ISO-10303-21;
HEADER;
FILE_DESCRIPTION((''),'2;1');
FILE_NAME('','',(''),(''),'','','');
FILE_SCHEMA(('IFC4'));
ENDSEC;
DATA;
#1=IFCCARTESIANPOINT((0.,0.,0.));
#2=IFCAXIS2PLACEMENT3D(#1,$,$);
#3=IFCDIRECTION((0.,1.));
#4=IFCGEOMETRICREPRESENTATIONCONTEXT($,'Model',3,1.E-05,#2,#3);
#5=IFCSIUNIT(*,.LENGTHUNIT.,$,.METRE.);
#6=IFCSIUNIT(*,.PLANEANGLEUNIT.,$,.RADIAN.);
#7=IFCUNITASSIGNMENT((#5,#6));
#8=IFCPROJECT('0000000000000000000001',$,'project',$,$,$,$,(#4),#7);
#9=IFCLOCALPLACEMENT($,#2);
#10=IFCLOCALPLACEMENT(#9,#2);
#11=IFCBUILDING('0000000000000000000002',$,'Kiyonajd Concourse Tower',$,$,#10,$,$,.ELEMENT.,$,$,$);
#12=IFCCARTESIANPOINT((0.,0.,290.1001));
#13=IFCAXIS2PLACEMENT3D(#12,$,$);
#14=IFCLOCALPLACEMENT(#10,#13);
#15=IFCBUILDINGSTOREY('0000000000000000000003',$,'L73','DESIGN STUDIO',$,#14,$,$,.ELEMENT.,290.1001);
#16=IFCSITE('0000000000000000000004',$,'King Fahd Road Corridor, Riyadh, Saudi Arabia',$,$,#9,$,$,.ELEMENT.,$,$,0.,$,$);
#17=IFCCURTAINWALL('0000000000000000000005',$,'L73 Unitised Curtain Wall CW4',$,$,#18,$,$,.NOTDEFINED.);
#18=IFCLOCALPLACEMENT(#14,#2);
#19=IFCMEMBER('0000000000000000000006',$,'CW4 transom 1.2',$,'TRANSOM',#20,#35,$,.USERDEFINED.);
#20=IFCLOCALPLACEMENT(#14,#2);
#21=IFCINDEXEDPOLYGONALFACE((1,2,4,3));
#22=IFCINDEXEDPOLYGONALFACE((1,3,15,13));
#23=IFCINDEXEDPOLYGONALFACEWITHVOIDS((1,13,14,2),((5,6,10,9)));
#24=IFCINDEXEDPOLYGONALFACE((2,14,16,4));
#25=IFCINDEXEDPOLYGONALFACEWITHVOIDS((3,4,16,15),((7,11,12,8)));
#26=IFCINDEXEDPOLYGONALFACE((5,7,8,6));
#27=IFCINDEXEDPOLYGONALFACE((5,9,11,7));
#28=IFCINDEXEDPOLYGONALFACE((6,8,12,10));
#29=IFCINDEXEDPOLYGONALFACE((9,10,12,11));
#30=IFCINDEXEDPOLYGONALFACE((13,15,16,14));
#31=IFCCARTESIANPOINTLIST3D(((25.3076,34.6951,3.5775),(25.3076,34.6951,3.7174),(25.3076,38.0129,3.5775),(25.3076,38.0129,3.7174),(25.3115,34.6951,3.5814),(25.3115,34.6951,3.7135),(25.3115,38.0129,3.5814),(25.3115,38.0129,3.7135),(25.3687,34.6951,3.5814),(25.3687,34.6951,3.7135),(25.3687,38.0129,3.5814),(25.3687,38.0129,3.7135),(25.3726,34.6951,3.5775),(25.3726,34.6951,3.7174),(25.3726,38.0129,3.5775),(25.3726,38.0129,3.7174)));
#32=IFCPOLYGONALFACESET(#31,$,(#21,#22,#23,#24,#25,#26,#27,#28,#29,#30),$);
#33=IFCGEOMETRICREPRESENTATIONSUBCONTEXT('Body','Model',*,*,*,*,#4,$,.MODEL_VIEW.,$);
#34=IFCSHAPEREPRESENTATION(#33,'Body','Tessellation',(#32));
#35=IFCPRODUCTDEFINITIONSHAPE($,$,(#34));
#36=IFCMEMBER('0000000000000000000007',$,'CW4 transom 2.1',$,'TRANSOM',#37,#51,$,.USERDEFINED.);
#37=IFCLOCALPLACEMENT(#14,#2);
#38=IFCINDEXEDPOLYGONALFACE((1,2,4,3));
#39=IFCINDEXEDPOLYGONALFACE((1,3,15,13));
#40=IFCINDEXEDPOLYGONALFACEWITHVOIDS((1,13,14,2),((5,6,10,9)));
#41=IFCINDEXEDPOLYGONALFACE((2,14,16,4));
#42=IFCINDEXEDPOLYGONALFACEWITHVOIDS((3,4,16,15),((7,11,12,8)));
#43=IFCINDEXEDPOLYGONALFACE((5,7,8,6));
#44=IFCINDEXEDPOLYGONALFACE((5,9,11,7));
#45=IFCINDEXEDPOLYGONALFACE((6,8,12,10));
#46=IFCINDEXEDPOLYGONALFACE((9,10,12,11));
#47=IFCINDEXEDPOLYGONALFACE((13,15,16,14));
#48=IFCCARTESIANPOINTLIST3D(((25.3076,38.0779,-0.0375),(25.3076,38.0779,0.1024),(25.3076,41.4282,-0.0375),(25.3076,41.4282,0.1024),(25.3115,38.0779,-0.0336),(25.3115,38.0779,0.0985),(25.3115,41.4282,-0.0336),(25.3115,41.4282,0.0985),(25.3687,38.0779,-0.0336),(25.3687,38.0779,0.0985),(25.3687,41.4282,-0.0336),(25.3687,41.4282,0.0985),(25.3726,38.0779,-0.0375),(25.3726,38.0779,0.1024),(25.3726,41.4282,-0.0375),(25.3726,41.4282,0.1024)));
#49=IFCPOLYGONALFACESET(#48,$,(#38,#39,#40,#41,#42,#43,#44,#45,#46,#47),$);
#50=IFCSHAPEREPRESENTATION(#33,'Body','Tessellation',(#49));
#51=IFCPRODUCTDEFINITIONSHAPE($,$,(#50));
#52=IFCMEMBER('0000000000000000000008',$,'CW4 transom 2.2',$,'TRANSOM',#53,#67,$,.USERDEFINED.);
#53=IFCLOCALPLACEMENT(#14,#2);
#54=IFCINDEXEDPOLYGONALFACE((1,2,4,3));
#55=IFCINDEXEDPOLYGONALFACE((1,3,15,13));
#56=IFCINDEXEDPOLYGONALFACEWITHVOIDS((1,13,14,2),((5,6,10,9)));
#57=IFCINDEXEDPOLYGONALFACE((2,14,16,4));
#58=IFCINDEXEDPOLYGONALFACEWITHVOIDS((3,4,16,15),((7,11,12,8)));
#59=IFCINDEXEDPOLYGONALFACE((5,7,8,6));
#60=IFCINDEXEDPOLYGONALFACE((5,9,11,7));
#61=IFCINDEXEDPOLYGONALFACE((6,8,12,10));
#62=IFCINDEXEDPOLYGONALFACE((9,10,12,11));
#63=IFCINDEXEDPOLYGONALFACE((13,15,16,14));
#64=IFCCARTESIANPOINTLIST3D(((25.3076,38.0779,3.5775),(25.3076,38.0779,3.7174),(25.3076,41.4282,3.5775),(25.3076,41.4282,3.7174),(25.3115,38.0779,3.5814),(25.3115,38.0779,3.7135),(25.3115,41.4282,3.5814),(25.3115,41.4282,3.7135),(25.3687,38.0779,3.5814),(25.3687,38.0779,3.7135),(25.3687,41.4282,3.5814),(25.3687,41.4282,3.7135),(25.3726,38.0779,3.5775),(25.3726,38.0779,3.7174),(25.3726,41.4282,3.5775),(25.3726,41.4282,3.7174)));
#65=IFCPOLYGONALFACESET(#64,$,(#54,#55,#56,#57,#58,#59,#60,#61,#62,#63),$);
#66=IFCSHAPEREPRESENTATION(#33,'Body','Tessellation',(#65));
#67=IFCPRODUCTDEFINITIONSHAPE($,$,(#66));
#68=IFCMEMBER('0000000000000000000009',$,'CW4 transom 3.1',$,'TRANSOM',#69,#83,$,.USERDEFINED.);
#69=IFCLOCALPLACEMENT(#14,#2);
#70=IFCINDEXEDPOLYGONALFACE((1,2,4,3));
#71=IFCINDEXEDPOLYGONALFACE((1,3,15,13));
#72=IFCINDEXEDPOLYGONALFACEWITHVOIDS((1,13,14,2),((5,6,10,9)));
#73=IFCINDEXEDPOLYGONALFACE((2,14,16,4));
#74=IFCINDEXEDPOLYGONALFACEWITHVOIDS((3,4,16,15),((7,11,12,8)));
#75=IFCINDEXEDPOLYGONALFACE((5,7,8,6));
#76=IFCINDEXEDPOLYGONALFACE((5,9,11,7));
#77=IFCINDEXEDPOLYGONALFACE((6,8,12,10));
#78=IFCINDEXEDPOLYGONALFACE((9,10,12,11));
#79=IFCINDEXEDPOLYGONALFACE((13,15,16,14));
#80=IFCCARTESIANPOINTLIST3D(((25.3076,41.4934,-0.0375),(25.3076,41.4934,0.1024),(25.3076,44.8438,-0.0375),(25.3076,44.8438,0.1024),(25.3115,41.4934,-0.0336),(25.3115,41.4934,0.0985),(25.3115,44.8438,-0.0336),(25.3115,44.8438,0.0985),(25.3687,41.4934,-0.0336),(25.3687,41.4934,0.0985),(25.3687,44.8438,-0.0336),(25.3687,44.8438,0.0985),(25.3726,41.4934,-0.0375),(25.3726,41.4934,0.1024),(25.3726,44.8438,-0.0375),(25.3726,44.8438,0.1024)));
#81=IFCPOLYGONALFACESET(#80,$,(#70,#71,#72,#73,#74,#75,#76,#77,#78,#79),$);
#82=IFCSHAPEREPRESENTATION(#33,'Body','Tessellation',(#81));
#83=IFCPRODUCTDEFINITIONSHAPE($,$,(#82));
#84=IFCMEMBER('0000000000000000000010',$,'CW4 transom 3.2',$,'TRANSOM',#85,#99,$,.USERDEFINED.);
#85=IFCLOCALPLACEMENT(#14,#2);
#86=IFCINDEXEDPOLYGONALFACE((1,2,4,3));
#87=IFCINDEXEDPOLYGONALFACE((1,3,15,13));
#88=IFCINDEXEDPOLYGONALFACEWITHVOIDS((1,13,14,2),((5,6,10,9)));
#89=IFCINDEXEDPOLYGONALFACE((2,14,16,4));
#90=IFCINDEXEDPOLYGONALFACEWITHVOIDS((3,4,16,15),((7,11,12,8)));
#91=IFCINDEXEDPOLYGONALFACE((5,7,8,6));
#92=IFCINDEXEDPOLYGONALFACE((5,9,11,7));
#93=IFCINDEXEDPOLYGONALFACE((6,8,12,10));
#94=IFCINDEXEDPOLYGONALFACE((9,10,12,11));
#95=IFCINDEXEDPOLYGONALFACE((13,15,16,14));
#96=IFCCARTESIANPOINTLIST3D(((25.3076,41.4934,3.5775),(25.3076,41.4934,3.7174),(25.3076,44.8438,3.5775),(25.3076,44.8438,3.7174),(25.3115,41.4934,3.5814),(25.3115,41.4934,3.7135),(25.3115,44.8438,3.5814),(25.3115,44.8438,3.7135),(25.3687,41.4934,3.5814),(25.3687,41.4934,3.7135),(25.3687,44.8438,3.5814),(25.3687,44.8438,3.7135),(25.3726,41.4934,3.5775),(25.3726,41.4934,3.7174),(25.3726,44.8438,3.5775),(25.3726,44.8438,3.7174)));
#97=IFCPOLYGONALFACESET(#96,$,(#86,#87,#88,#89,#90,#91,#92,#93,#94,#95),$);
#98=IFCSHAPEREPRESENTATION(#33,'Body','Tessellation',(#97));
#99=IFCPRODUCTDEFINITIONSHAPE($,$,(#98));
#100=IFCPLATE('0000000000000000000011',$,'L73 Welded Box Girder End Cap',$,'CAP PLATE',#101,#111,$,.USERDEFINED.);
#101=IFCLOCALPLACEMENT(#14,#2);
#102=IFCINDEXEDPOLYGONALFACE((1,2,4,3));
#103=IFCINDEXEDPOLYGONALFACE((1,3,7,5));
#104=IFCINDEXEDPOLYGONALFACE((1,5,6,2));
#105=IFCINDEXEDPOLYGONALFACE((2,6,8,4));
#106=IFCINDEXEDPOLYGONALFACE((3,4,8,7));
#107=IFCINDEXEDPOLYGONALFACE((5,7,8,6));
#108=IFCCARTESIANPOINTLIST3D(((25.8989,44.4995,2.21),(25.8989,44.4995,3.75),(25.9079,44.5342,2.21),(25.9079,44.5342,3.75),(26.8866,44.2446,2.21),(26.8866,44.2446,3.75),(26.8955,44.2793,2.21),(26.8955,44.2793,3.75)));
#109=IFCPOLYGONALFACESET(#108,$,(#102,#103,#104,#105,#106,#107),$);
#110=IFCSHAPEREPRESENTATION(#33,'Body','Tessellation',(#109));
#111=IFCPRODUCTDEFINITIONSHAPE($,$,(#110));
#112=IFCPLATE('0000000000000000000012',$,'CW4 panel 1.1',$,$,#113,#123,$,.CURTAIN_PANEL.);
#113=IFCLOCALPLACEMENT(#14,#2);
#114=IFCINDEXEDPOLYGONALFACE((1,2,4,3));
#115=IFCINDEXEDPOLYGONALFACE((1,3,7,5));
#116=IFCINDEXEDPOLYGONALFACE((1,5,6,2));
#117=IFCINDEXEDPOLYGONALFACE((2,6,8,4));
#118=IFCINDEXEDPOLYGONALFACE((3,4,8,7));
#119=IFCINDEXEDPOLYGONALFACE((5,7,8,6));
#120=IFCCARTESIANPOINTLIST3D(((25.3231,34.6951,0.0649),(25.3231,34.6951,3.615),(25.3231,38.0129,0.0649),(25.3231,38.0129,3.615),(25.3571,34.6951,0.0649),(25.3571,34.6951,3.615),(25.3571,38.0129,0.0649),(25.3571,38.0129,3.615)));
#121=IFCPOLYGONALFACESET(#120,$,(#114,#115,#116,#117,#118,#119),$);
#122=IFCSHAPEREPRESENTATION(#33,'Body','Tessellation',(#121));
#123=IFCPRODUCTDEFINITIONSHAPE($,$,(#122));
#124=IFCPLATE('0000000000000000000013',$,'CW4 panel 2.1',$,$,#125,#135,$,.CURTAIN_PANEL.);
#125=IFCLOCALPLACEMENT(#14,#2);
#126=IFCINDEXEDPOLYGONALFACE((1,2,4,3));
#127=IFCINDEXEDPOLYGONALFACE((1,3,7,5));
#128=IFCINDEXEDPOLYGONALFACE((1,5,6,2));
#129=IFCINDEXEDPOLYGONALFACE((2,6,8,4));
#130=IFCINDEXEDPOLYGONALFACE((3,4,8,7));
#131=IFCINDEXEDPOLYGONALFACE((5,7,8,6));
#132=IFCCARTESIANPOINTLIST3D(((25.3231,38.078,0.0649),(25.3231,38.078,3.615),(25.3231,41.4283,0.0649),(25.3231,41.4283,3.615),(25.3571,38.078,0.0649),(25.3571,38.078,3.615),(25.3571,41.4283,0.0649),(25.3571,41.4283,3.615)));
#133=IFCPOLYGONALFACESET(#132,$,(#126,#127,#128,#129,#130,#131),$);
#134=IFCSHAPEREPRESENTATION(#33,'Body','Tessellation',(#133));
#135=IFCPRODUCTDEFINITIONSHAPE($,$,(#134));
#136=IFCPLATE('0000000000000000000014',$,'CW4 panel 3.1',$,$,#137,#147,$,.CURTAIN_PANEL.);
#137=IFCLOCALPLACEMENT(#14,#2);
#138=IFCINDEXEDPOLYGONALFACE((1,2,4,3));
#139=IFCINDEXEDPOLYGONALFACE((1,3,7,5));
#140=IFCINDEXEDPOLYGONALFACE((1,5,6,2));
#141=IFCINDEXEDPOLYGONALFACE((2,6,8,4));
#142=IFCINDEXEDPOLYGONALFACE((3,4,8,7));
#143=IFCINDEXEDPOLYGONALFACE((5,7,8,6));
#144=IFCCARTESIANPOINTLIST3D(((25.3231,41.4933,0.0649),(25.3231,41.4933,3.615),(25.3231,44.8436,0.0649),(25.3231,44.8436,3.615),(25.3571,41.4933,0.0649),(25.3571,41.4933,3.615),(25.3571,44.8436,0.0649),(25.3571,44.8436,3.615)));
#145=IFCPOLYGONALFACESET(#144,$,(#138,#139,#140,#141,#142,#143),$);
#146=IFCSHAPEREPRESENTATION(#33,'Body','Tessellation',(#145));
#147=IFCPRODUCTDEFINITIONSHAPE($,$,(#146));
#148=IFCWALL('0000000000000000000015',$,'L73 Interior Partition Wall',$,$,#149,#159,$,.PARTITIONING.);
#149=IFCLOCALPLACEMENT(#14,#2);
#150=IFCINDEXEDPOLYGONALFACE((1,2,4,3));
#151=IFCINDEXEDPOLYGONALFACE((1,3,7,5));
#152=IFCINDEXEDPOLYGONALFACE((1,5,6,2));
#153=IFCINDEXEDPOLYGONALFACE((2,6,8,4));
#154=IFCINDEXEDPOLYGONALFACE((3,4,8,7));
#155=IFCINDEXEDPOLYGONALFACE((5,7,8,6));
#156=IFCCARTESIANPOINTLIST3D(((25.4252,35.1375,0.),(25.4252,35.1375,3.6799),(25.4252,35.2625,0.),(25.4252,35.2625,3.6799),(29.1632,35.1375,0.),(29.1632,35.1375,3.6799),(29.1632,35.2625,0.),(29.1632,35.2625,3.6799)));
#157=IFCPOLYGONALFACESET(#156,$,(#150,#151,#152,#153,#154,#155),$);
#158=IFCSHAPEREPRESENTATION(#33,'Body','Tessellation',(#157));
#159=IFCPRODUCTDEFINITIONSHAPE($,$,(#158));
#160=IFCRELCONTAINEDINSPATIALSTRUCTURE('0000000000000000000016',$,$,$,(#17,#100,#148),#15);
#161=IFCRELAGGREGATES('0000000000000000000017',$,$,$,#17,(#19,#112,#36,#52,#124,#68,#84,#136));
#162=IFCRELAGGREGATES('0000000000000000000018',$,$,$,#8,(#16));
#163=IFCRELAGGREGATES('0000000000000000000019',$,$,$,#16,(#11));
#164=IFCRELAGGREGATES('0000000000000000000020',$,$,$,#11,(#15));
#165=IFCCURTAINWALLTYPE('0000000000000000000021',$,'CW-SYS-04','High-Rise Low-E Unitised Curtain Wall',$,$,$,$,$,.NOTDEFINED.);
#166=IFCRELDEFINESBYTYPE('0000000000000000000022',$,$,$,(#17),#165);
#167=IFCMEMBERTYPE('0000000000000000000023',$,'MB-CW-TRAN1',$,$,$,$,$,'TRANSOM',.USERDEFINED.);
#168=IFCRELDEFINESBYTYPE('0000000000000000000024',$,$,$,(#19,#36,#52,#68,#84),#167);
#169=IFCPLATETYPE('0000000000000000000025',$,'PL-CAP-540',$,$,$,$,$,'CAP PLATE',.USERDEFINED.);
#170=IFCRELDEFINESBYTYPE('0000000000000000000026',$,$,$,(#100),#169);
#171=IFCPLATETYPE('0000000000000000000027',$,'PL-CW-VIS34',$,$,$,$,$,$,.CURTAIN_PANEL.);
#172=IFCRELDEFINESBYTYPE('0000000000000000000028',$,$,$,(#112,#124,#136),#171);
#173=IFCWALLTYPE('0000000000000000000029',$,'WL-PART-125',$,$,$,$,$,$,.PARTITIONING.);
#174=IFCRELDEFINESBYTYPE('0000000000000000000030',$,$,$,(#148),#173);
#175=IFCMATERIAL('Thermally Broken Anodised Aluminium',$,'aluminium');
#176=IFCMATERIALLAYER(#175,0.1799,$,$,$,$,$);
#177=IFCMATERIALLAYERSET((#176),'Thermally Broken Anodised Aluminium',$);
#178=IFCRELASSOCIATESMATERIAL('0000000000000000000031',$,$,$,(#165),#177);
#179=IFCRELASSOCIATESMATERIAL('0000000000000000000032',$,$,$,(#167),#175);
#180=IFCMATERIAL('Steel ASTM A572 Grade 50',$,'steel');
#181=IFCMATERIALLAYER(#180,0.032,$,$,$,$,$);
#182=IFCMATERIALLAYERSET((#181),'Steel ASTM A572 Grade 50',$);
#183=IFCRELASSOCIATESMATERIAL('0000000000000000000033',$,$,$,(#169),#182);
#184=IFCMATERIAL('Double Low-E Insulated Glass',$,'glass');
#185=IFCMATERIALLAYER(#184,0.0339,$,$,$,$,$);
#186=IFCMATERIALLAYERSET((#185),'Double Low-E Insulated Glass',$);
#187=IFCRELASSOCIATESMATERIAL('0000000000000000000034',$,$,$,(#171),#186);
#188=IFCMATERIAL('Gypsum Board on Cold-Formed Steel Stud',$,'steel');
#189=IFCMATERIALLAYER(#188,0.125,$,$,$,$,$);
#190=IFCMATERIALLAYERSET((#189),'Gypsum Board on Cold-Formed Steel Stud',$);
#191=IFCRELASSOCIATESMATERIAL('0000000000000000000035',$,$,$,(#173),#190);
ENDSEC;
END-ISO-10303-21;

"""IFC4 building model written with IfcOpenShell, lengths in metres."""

from ifc_helpers import new_model, si_unit, direction, frame, frame_2d, origin, origin_2d, place, context, subcontext, project, spatial, rectangle, hollow_rectangle, extrude, material, layer, layer_set, material_profile, profile_set, type_object, element, aggregate, save


model = new_model("IFC4")

# Units and contexts
model_context = context("Model", 3, precision=1e-05, world=origin(), true_north=direction((0.0, 1.0)))
body_context = subcontext(model_context, "Body", "Model", "MODEL_VIEW")
ifc_project = project(units=[si_unit("LENGTHUNIT", "METRE"), si_unit("PLANEANGLEUNIT", "RADIAN")], contexts=[model_context])

# Site, building, storey
site_placement = place(None, origin())
site = spatial("IfcSite", under=ifc_project, at=site_placement, Name="King Fahd Road Corridor, Riyadh, Saudi Arabia", CompositionType="ELEMENT", RefElevation=0.0)
building_placement = place(site_placement, origin())
building = spatial("IfcBuilding", under=site, at=building_placement, Name="Kiyonajd Concourse Tower", CompositionType="ELEMENT")
storey_placement = place(building_placement, frame((0.0, 0.0, 290.1001)))
storey = spatial("IfcBuildingStorey", under=building, at=storey_placement, Name="L73", Description="DESIGN STUDIO", CompositionType="ELEMENT", Elevation=290.1001)

# Curtain wall, members
ifc_material_1 = material(Name="Thermally Broken Anodised Aluminium", Category="aluminium")
ifc_layer_1 = layer(ifc_material_1, 0.1799)
ifc_layer_set_1 = layer_set([ifc_layer_1], Name="Thermally Broken Anodised Aluminium")
curtain_wall_type = type_object("IfcCurtainWallType", Name="CW-SYS-04", Description="High-Rise Low-E Unitised Curtain Wall", PredefinedType="NOTDEFINED", material=ifc_layer_set_1)
curtain_wall_placement = place(storey_placement, origin())
curtain_wall = element("IfcCurtainWall", 1, at=curtain_wall_placement, inside=storey, type_object=curtain_wall_type, Name="L73 Unitised Curtain Wall CW4", PredefinedType="NOTDEFINED")
ifc_material_profile_1 = material_profile(ifc_material_1, hollow_rectangle(XDim=0.0649, YDim=0.1399, WallThickness=0.0039, at=origin_2d()), Name="TRAN-65x140")
ifc_profile_set_1 = profile_set([ifc_material_profile_1], Name="Thermally Broken Anodised Aluminium")
member_type_1 = type_object("IfcMemberType", Name="MB-CW-TRAN1", ElementType="TRANSOM", PredefinedType="USERDEFINED", material=ifc_profile_set_1)
member_1_placement = place(storey_placement, frame((25.3401, 34.6951, 3.6475), z_axis=(0.0, 1.0, 0.0), x_axis=(-1.0, 0.0, 0.0)))
member_1 = element("IfcMember", 2, at=member_1_placement, type_object=member_type_1, Name="CW4 transom 1.2", ObjectType="TRANSOM", PredefinedType="USERDEFINED", context=body_context, shape_type="SweptSolid", body=[
    extrude(hollow_rectangle(XDim=0.0649, YDim=0.1399, WallThickness=0.0039, at=origin_2d()), origin(), (0.0, 0.0, 1.0), 3.3179),
])
member_2_placement = place(storey_placement, frame((25.3401, 38.0779, 0.0325), z_axis=(0.0, 1.0, 0.0), x_axis=(-1.0, 0.0, 0.0)))
member_2 = element("IfcMember", 3, at=member_2_placement, type_object=member_type_1, Name="CW4 transom 2.1", ObjectType="TRANSOM", PredefinedType="USERDEFINED", context=body_context, shape_type="SweptSolid", body=[
    extrude(hollow_rectangle(XDim=0.0649, YDim=0.1399, WallThickness=0.0039, at=origin_2d()), origin(), (0.0, 0.0, 1.0), 3.3503),
])
member_3_placement = place(storey_placement, frame((25.3401, 38.0779, 3.6475), z_axis=(0.0, 1.0, 0.0), x_axis=(-1.0, 0.0, 0.0)))
member_3 = element("IfcMember", 4, at=member_3_placement, type_object=member_type_1, Name="CW4 transom 2.2", ObjectType="TRANSOM", PredefinedType="USERDEFINED", context=body_context, shape_type="SweptSolid", body=[
    extrude(hollow_rectangle(XDim=0.0649, YDim=0.1399, WallThickness=0.0039, at=origin_2d()), origin(), (0.0, 0.0, 1.0), 3.3503),
])
member_4_placement = place(storey_placement, frame((25.3401, 41.4934, 0.0325), z_axis=(0.0, 1.0, 0.0), x_axis=(-1.0, 0.0, 0.0)))
member_4 = element("IfcMember", 5, at=member_4_placement, type_object=member_type_1, Name="CW4 transom 3.1", ObjectType="TRANSOM", PredefinedType="USERDEFINED", context=body_context, shape_type="SweptSolid", body=[
    extrude(hollow_rectangle(XDim=0.0649, YDim=0.1399, WallThickness=0.0039, at=origin_2d()), origin(), (0.0, 0.0, 1.0), 3.3503),
])
member_5_placement = place(storey_placement, frame((25.3401, 41.4934, 3.6475), z_axis=(0.0, 1.0, 0.0), x_axis=(-1.0, 0.0, 0.0)))
member_5 = element("IfcMember", 6, at=member_5_placement, type_object=member_type_1, Name="CW4 transom 3.2", ObjectType="TRANSOM", PredefinedType="USERDEFINED", context=body_context, shape_type="SweptSolid", body=[
    extrude(hollow_rectangle(XDim=0.0649, YDim=0.1399, WallThickness=0.0039, at=origin_2d()), origin(), (0.0, 0.0, 1.0), 3.3503),
])

# Plates
ifc_material_2 = material(Name="Steel ASTM A572 Grade 50", Category="steel")
ifc_layer_2 = layer(ifc_material_2, 0.032)
ifc_layer_set_2 = layer_set([ifc_layer_2], Name="Steel ASTM A572 Grade 50")
plate_type_1 = type_object("IfcPlateType", Name="PL-CAP-540", ElementType="CAP PLATE", PredefinedType="USERDEFINED", material=ifc_layer_set_2)
plate_1_placement = place(storey_placement, frame((26.3972, 44.3894, 2.21), z_axis=(0.0, 0.0, 1.0), x_axis=(-0.249873, -0.968279, 0.0)))
element("IfcPlate", 7, at=plate_1_placement, inside=storey, type_object=plate_type_1, Name="L73 Welded Box Girder End Cap", ObjectType="CAP PLATE", PredefinedType="USERDEFINED", context=body_context, shape_type="SweptSolid", body=[
    extrude(rectangle(XDim=0.0359, YDim=1.02, at=origin_2d()), origin(), (0.0, 0.0, 1.0), 1.54),
])
ifc_material_3 = material(Name="Double Low-E Insulated Glass", Category="glass")
ifc_layer_3 = layer(ifc_material_3, 0.0339)
ifc_layer_set_3 = layer_set([ifc_layer_3], Name="Double Low-E Insulated Glass")
plate_type_2 = type_object("IfcPlateType", Name="PL-CW-VIS34", PredefinedType="CURTAIN_PANEL", material=ifc_layer_set_3)
plate_2_placement = place(storey_placement, frame((25.3401, 36.354, 0.0649), z_axis=(0.0, 0.0, 1.0), x_axis=(0.0, 1.0, 0.0)))
plate_2 = element("IfcPlate", 8, at=plate_2_placement, type_object=plate_type_2, Name="CW4 panel 1.1", PredefinedType="CURTAIN_PANEL", context=body_context, shape_type="SweptSolid", body=[
    extrude(rectangle(XDim=3.3179, YDim=0.0339, at=origin_2d()), origin(), (0.0, 0.0, 1.0), 3.55),
])
plate_3_placement = place(storey_placement, frame((25.3401, 39.7532, 0.0649), z_axis=(0.0, 0.0, 1.0), x_axis=(0.0, 1.0, 0.0)))
plate_3 = element("IfcPlate", 9, at=plate_3_placement, type_object=plate_type_2, Name="CW4 panel 2.1", PredefinedType="CURTAIN_PANEL", context=body_context, shape_type="SweptSolid", body=[
    extrude(rectangle(XDim=3.3503, YDim=0.0339, at=origin_2d()), origin(), (0.0, 0.0, 1.0), 3.55),
])
plate_4_placement = place(storey_placement, frame((25.3401, 43.1685, 0.0649), z_axis=(0.0, 0.0, 1.0), x_axis=(0.0, 1.0, 0.0)))
plate_4 = element("IfcPlate", 10, at=plate_4_placement, type_object=plate_type_2, Name="CW4 panel 3.1", PredefinedType="CURTAIN_PANEL", context=body_context, shape_type="SweptSolid", body=[
    extrude(rectangle(XDim=3.3503, YDim=0.0339, at=origin_2d()), origin(), (0.0, 0.0, 1.0), 3.55),
])
aggregate(curtain_wall, [member_1, plate_2, member_2, member_3, plate_3, member_4, member_5, plate_4])

# Wall
ifc_material_4 = material(Name="Gypsum Board on Cold-Formed Steel Stud", Category="steel")
ifc_layer_4 = layer(ifc_material_4, 0.125)
ifc_layer_set_4 = layer_set([ifc_layer_4], Name="Gypsum Board on Cold-Formed Steel Stud")
wall_type = type_object("IfcWallType", Name="WL-PART-125", PredefinedType="PARTITIONING", material=ifc_layer_set_4)
wall_placement = place(storey_placement, frame((25.425, 35.2, 0.0), z_axis=(0.0, 0.0, 1.0), x_axis=(1.0, 0.0, 0.0)))
element("IfcWall", 11, at=wall_placement, inside=storey, type_object=wall_type, Name="L73 Interior Partition Wall", PredefinedType="PARTITIONING", context=body_context, shape_type="SweptSolid", body=[
    extrude(rectangle(XDim=3.738, YDim=0.125, at=frame_2d((1.8691, 0.0))), origin(), (0.0, 0.0, 1.0), 3.6799),
])

save(model, "model.ifc")
